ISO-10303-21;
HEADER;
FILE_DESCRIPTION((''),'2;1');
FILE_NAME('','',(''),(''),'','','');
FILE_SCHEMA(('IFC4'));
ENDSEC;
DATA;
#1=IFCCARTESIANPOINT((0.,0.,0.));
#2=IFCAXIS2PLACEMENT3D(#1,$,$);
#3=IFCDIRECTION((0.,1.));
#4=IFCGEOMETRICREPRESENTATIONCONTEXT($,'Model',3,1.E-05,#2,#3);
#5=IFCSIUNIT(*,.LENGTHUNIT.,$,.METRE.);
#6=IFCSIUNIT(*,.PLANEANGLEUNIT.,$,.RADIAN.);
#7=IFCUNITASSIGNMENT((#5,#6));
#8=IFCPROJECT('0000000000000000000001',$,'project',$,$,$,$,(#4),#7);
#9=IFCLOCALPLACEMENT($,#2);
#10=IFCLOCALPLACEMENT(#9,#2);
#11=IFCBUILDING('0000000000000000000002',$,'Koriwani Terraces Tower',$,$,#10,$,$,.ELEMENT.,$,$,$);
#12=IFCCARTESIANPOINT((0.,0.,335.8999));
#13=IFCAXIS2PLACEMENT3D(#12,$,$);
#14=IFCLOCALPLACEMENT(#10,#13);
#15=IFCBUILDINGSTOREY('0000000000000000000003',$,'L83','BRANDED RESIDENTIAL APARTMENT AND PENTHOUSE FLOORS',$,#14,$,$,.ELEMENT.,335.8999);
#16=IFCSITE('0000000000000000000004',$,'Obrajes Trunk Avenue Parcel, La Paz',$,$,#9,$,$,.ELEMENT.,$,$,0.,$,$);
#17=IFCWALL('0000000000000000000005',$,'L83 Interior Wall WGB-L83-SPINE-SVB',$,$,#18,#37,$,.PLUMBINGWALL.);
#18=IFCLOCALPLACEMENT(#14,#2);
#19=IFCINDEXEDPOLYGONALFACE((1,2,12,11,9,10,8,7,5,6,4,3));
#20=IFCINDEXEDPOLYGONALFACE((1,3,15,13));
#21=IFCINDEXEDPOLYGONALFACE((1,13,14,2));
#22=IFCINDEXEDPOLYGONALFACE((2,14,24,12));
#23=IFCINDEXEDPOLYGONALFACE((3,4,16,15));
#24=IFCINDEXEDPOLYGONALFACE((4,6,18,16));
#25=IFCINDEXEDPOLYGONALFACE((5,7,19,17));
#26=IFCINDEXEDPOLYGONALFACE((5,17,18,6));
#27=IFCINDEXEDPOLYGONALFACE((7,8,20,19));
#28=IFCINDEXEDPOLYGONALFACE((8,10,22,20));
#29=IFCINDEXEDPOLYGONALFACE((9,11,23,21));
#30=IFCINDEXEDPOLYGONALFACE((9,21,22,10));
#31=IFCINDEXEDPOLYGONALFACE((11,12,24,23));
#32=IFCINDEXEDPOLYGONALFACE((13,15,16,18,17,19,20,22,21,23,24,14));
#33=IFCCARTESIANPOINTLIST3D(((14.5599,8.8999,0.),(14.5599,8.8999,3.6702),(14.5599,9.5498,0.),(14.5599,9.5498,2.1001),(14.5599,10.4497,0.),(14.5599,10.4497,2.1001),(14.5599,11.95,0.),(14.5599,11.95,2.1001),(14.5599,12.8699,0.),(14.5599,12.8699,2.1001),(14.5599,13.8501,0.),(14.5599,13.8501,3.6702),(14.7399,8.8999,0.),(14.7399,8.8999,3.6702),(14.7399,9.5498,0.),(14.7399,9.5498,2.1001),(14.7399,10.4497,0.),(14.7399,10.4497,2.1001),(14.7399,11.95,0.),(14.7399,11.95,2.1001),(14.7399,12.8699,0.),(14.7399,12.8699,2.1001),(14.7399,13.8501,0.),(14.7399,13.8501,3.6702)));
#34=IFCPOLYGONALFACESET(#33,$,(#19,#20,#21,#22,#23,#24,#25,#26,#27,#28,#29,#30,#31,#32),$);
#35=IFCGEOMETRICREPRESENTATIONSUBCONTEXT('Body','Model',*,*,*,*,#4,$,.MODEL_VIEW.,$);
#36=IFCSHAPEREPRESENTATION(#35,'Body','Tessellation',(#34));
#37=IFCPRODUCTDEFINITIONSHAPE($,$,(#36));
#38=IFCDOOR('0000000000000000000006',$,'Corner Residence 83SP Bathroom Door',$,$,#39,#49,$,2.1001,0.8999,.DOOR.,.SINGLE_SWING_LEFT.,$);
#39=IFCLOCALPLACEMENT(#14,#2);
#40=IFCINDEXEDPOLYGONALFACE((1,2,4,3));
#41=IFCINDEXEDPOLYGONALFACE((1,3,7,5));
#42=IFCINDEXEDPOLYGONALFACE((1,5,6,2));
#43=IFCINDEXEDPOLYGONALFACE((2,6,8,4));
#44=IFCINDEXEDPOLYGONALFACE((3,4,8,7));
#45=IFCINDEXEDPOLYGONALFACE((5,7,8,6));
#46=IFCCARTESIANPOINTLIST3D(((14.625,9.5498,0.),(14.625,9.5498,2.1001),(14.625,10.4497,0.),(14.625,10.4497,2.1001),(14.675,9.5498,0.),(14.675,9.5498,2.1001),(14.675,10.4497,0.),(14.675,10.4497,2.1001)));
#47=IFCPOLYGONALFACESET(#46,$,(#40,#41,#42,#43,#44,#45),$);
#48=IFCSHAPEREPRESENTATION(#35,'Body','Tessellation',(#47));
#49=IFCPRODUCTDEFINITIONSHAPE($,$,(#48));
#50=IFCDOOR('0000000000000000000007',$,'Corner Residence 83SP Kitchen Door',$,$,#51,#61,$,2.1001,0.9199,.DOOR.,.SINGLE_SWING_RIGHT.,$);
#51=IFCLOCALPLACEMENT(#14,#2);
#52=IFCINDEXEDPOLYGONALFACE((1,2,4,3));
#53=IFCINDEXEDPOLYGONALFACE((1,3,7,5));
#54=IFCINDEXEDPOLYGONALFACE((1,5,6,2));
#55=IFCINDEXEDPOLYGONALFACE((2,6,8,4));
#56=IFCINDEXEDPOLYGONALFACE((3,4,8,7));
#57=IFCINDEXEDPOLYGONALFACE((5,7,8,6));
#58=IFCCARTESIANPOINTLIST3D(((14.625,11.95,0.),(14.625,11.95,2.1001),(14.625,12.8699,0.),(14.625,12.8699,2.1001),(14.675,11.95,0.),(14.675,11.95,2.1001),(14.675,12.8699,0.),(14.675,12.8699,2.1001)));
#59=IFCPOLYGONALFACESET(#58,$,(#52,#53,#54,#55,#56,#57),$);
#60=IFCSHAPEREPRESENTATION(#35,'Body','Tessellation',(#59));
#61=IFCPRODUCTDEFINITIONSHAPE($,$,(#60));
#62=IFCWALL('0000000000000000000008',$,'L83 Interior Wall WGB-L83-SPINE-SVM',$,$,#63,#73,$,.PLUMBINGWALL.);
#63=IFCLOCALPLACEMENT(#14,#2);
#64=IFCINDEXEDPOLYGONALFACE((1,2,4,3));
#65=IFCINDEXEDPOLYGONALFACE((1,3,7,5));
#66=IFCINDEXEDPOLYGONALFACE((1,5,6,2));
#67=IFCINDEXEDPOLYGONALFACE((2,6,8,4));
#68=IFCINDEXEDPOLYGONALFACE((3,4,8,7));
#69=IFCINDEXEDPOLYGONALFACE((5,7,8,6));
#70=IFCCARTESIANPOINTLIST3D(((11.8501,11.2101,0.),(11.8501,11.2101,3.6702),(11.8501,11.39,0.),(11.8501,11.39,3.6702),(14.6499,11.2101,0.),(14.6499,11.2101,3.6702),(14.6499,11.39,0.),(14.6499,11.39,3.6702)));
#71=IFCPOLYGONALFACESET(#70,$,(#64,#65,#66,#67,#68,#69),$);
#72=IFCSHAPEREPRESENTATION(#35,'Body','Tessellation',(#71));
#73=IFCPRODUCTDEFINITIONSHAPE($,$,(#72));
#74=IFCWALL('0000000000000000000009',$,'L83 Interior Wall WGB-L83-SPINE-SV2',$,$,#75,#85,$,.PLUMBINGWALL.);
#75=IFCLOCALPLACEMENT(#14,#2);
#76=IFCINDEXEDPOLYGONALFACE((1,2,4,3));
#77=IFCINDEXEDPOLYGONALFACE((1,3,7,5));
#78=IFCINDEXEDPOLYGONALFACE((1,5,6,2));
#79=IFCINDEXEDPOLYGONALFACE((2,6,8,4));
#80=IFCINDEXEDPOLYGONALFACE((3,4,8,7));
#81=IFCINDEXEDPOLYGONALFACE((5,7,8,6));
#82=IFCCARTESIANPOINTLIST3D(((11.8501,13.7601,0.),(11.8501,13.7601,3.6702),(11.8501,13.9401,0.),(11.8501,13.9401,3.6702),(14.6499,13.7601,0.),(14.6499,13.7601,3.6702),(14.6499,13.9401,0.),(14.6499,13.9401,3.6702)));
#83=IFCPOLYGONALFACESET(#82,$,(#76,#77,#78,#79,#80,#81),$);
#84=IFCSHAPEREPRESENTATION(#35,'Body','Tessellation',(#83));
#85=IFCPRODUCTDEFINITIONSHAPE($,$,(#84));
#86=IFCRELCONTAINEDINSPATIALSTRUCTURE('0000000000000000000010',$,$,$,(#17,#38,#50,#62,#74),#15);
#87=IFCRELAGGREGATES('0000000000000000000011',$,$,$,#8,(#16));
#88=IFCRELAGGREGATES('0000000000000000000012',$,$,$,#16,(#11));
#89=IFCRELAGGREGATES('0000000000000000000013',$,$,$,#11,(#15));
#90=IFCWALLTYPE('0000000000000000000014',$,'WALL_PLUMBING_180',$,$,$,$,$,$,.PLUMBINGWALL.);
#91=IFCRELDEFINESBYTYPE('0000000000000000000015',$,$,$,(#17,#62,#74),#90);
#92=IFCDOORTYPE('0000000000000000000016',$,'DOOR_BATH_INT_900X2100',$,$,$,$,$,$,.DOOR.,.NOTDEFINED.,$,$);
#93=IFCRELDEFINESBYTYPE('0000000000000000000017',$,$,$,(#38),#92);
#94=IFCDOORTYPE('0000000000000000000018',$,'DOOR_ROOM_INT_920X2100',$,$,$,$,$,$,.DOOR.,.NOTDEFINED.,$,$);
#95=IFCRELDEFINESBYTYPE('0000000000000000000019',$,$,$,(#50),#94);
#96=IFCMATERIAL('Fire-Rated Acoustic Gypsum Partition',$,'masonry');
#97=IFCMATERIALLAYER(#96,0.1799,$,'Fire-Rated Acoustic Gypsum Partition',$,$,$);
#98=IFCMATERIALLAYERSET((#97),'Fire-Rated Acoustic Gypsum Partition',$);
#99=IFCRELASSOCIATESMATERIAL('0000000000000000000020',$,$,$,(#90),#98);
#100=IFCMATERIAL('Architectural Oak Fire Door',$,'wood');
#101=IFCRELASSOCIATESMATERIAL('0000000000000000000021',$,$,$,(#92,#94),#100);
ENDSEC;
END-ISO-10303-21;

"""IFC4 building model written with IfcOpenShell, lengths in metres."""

from ifc_helpers import new_model, si_unit, direction, frame, frame_2d, origin, place, context, subcontext, project, spatial, rectangle, extrude, material, layer, layer_set, type_object, element, fill, save


model = new_model("IFC4")

# Units and contexts
model_context = context("Model", 3, precision=1e-05, world=origin(), true_north=direction((0.0, 1.0)))
body_context = subcontext(model_context, "Body", "Model", "MODEL_VIEW")
ifc_project = project(units=[si_unit("LENGTHUNIT", "METRE"), si_unit("PLANEANGLEUNIT", "RADIAN")], contexts=[model_context])

# Site, building, storey
site_placement = place(None, origin())
site = spatial("IfcSite", under=ifc_project, at=site_placement, Name="Obrajes Trunk Avenue Parcel, La Paz", CompositionType="ELEMENT", RefElevation=0.0)
building_placement = place(site_placement, origin())
building = spatial("IfcBuilding", under=site, at=building_placement, Name="Koriwani Terraces Tower", CompositionType="ELEMENT")
storey_placement = place(building_placement, frame((0.0, 0.0, 335.8999)))
storey = spatial("IfcBuildingStorey", under=building, at=storey_placement, Name="L83", Description="BRANDED RESIDENTIAL APARTMENT AND PENTHOUSE FLOORS", CompositionType="ELEMENT", Elevation=335.8999)

# Shared definitions
ifc_material_1 = material(Name="Architectural Oak Fire Door", Category="wood")

# Wall, openings, doors
ifc_material_2 = material(Name="Fire-Rated Acoustic Gypsum Partition", Category="masonry")
ifc_layer_1 = layer(ifc_material_2, 0.1799, Name="Fire-Rated Acoustic Gypsum Partition")
ifc_layer_set_1 = layer_set([ifc_layer_1], Name="Fire-Rated Acoustic Gypsum Partition")
wall_type_1 = type_object("IfcWallType", Name="WALL_PLUMBING_180", PredefinedType="PLUMBINGWALL", material=ifc_layer_set_1)
wall_1_placement = place(storey_placement, frame((14.6499, 8.8999, 0.0), z_axis=(0.0, 0.0, 1.0), x_axis=(0.0, 1.0, 0.0)))
wall_1 = element("IfcWall", 1, at=wall_1_placement, inside=storey, type_object=wall_type_1, Name="L83 Interior Wall WGB-L83-SPINE-SVB", PredefinedType="PLUMBINGWALL", context=body_context, shape_type="SweptSolid", body=[
    extrude(rectangle(XDim=4.9502, YDim=0.1799, at=frame_2d((2.4751, 0.0))), origin(), (0.0, 0.0, 1.0), 3.6702),
])
opening_1_placement = place(wall_1_placement, frame((0.6499, 0.0, 0.0)))
opening_1 = element("IfcOpeningElement", 2, at=opening_1_placement, cuts=wall_1, PredefinedType="OPENING", context=body_context, shape_type="SweptSolid", body=[
    extrude(rectangle(XDim=0.8999, YDim=2.1001, at=frame_2d((0.45, 1.05))), frame((0.0, 0.1001, 0.0), z_axis=(0.0, -1.0, 0.0), x_axis=(1.0, 0.0, 0.0)), (0.0, 0.0, 1.0), 0.2),
])
opening_2_placement = place(wall_1_placement, frame((3.05, 0.0, 0.0)))
opening_2 = element("IfcOpeningElement", 3, at=opening_2_placement, cuts=wall_1, PredefinedType="OPENING", context=body_context, shape_type="SweptSolid", body=[
    extrude(rectangle(XDim=0.9199, YDim=2.1001, at=frame_2d((0.46, 1.05))), frame((0.0, 0.1001, 0.0), z_axis=(0.0, -1.0, 0.0), x_axis=(1.0, 0.0, 0.0)), (0.0, 0.0, 1.0), 0.2),
])
door_type_1 = type_object("IfcDoorType", Name="DOOR_BATH_INT_900X2100", OperationType="NOTDEFINED", PredefinedType="DOOR", material=ifc_material_1)
door_1_placement = place(opening_1_placement, origin())
door_1 = element("IfcDoor", 4, at=door_1_placement, inside=storey, type_object=door_type_1, Name="Corner Residence 83SP Bathroom Door", OperationType="SINGLE_SWING_LEFT", OverallHeight=2.1001, OverallWidth=0.8999, PredefinedType="DOOR", context=body_context, shape_type="SweptSolid", body=[
    extrude(rectangle(XDim=0.8999, YDim=2.1001, at=frame_2d((0.45, 1.05))), frame((0.0, 0.0249, 0.0), z_axis=(0.0, -1.0, 0.0), x_axis=(1.0, 0.0, 0.0)), (0.0, 0.0, 1.0), 0.05),
])
fill(opening_1, door_1)
door_type_2 = type_object("IfcDoorType", Name="DOOR_ROOM_INT_920X2100", OperationType="NOTDEFINED", PredefinedType="DOOR", material=ifc_material_1)
door_2_placement = place(opening_2_placement, origin())
door_2 = element("IfcDoor", 5, at=door_2_placement, inside=storey, type_object=door_type_2, Name="Corner Residence 83SP Kitchen Door", OperationType="SINGLE_SWING_RIGHT", OverallHeight=2.1001, OverallWidth=0.9199, PredefinedType="DOOR", context=body_context, shape_type="SweptSolid", body=[
    extrude(rectangle(XDim=0.9199, YDim=2.1001, at=frame_2d((0.46, 1.05))), frame((0.0, 0.0249, 0.0), z_axis=(0.0, -1.0, 0.0), x_axis=(1.0, 0.0, 0.0)), (0.0, 0.0, 1.0), 0.05),
])
fill(opening_2, door_2)

# Walls
for number, where, z_axis, x_axis, name in (
    (6, (11.8501, 11.3, 0.0), (0.0, 0.0, 1.0), (1.0, 0.0, 0.0), "L83 Interior Wall WGB-L83-SPINE-SVM"),
    (7, (11.8501, 13.8501, 0.0), (0.0, 0.0, 1.0), (1.0, 0.0, 0.0), "L83 Interior Wall WGB-L83-SPINE-SV2"),
):
    element("IfcWall", number, at=place(storey_placement, frame(where, z_axis=z_axis, x_axis=x_axis)), inside=storey, type_object=wall_type_1, Name=name, PredefinedType="PLUMBINGWALL", context=body_context, shape_type="SweptSolid", body=[
        extrude(rectangle(XDim=2.7998, YDim=0.1799, at=frame_2d((1.3999, 0.0))), origin(), (0.0, 0.0, 1.0), 3.6702),
    ])

save(model, "model.ifc")
